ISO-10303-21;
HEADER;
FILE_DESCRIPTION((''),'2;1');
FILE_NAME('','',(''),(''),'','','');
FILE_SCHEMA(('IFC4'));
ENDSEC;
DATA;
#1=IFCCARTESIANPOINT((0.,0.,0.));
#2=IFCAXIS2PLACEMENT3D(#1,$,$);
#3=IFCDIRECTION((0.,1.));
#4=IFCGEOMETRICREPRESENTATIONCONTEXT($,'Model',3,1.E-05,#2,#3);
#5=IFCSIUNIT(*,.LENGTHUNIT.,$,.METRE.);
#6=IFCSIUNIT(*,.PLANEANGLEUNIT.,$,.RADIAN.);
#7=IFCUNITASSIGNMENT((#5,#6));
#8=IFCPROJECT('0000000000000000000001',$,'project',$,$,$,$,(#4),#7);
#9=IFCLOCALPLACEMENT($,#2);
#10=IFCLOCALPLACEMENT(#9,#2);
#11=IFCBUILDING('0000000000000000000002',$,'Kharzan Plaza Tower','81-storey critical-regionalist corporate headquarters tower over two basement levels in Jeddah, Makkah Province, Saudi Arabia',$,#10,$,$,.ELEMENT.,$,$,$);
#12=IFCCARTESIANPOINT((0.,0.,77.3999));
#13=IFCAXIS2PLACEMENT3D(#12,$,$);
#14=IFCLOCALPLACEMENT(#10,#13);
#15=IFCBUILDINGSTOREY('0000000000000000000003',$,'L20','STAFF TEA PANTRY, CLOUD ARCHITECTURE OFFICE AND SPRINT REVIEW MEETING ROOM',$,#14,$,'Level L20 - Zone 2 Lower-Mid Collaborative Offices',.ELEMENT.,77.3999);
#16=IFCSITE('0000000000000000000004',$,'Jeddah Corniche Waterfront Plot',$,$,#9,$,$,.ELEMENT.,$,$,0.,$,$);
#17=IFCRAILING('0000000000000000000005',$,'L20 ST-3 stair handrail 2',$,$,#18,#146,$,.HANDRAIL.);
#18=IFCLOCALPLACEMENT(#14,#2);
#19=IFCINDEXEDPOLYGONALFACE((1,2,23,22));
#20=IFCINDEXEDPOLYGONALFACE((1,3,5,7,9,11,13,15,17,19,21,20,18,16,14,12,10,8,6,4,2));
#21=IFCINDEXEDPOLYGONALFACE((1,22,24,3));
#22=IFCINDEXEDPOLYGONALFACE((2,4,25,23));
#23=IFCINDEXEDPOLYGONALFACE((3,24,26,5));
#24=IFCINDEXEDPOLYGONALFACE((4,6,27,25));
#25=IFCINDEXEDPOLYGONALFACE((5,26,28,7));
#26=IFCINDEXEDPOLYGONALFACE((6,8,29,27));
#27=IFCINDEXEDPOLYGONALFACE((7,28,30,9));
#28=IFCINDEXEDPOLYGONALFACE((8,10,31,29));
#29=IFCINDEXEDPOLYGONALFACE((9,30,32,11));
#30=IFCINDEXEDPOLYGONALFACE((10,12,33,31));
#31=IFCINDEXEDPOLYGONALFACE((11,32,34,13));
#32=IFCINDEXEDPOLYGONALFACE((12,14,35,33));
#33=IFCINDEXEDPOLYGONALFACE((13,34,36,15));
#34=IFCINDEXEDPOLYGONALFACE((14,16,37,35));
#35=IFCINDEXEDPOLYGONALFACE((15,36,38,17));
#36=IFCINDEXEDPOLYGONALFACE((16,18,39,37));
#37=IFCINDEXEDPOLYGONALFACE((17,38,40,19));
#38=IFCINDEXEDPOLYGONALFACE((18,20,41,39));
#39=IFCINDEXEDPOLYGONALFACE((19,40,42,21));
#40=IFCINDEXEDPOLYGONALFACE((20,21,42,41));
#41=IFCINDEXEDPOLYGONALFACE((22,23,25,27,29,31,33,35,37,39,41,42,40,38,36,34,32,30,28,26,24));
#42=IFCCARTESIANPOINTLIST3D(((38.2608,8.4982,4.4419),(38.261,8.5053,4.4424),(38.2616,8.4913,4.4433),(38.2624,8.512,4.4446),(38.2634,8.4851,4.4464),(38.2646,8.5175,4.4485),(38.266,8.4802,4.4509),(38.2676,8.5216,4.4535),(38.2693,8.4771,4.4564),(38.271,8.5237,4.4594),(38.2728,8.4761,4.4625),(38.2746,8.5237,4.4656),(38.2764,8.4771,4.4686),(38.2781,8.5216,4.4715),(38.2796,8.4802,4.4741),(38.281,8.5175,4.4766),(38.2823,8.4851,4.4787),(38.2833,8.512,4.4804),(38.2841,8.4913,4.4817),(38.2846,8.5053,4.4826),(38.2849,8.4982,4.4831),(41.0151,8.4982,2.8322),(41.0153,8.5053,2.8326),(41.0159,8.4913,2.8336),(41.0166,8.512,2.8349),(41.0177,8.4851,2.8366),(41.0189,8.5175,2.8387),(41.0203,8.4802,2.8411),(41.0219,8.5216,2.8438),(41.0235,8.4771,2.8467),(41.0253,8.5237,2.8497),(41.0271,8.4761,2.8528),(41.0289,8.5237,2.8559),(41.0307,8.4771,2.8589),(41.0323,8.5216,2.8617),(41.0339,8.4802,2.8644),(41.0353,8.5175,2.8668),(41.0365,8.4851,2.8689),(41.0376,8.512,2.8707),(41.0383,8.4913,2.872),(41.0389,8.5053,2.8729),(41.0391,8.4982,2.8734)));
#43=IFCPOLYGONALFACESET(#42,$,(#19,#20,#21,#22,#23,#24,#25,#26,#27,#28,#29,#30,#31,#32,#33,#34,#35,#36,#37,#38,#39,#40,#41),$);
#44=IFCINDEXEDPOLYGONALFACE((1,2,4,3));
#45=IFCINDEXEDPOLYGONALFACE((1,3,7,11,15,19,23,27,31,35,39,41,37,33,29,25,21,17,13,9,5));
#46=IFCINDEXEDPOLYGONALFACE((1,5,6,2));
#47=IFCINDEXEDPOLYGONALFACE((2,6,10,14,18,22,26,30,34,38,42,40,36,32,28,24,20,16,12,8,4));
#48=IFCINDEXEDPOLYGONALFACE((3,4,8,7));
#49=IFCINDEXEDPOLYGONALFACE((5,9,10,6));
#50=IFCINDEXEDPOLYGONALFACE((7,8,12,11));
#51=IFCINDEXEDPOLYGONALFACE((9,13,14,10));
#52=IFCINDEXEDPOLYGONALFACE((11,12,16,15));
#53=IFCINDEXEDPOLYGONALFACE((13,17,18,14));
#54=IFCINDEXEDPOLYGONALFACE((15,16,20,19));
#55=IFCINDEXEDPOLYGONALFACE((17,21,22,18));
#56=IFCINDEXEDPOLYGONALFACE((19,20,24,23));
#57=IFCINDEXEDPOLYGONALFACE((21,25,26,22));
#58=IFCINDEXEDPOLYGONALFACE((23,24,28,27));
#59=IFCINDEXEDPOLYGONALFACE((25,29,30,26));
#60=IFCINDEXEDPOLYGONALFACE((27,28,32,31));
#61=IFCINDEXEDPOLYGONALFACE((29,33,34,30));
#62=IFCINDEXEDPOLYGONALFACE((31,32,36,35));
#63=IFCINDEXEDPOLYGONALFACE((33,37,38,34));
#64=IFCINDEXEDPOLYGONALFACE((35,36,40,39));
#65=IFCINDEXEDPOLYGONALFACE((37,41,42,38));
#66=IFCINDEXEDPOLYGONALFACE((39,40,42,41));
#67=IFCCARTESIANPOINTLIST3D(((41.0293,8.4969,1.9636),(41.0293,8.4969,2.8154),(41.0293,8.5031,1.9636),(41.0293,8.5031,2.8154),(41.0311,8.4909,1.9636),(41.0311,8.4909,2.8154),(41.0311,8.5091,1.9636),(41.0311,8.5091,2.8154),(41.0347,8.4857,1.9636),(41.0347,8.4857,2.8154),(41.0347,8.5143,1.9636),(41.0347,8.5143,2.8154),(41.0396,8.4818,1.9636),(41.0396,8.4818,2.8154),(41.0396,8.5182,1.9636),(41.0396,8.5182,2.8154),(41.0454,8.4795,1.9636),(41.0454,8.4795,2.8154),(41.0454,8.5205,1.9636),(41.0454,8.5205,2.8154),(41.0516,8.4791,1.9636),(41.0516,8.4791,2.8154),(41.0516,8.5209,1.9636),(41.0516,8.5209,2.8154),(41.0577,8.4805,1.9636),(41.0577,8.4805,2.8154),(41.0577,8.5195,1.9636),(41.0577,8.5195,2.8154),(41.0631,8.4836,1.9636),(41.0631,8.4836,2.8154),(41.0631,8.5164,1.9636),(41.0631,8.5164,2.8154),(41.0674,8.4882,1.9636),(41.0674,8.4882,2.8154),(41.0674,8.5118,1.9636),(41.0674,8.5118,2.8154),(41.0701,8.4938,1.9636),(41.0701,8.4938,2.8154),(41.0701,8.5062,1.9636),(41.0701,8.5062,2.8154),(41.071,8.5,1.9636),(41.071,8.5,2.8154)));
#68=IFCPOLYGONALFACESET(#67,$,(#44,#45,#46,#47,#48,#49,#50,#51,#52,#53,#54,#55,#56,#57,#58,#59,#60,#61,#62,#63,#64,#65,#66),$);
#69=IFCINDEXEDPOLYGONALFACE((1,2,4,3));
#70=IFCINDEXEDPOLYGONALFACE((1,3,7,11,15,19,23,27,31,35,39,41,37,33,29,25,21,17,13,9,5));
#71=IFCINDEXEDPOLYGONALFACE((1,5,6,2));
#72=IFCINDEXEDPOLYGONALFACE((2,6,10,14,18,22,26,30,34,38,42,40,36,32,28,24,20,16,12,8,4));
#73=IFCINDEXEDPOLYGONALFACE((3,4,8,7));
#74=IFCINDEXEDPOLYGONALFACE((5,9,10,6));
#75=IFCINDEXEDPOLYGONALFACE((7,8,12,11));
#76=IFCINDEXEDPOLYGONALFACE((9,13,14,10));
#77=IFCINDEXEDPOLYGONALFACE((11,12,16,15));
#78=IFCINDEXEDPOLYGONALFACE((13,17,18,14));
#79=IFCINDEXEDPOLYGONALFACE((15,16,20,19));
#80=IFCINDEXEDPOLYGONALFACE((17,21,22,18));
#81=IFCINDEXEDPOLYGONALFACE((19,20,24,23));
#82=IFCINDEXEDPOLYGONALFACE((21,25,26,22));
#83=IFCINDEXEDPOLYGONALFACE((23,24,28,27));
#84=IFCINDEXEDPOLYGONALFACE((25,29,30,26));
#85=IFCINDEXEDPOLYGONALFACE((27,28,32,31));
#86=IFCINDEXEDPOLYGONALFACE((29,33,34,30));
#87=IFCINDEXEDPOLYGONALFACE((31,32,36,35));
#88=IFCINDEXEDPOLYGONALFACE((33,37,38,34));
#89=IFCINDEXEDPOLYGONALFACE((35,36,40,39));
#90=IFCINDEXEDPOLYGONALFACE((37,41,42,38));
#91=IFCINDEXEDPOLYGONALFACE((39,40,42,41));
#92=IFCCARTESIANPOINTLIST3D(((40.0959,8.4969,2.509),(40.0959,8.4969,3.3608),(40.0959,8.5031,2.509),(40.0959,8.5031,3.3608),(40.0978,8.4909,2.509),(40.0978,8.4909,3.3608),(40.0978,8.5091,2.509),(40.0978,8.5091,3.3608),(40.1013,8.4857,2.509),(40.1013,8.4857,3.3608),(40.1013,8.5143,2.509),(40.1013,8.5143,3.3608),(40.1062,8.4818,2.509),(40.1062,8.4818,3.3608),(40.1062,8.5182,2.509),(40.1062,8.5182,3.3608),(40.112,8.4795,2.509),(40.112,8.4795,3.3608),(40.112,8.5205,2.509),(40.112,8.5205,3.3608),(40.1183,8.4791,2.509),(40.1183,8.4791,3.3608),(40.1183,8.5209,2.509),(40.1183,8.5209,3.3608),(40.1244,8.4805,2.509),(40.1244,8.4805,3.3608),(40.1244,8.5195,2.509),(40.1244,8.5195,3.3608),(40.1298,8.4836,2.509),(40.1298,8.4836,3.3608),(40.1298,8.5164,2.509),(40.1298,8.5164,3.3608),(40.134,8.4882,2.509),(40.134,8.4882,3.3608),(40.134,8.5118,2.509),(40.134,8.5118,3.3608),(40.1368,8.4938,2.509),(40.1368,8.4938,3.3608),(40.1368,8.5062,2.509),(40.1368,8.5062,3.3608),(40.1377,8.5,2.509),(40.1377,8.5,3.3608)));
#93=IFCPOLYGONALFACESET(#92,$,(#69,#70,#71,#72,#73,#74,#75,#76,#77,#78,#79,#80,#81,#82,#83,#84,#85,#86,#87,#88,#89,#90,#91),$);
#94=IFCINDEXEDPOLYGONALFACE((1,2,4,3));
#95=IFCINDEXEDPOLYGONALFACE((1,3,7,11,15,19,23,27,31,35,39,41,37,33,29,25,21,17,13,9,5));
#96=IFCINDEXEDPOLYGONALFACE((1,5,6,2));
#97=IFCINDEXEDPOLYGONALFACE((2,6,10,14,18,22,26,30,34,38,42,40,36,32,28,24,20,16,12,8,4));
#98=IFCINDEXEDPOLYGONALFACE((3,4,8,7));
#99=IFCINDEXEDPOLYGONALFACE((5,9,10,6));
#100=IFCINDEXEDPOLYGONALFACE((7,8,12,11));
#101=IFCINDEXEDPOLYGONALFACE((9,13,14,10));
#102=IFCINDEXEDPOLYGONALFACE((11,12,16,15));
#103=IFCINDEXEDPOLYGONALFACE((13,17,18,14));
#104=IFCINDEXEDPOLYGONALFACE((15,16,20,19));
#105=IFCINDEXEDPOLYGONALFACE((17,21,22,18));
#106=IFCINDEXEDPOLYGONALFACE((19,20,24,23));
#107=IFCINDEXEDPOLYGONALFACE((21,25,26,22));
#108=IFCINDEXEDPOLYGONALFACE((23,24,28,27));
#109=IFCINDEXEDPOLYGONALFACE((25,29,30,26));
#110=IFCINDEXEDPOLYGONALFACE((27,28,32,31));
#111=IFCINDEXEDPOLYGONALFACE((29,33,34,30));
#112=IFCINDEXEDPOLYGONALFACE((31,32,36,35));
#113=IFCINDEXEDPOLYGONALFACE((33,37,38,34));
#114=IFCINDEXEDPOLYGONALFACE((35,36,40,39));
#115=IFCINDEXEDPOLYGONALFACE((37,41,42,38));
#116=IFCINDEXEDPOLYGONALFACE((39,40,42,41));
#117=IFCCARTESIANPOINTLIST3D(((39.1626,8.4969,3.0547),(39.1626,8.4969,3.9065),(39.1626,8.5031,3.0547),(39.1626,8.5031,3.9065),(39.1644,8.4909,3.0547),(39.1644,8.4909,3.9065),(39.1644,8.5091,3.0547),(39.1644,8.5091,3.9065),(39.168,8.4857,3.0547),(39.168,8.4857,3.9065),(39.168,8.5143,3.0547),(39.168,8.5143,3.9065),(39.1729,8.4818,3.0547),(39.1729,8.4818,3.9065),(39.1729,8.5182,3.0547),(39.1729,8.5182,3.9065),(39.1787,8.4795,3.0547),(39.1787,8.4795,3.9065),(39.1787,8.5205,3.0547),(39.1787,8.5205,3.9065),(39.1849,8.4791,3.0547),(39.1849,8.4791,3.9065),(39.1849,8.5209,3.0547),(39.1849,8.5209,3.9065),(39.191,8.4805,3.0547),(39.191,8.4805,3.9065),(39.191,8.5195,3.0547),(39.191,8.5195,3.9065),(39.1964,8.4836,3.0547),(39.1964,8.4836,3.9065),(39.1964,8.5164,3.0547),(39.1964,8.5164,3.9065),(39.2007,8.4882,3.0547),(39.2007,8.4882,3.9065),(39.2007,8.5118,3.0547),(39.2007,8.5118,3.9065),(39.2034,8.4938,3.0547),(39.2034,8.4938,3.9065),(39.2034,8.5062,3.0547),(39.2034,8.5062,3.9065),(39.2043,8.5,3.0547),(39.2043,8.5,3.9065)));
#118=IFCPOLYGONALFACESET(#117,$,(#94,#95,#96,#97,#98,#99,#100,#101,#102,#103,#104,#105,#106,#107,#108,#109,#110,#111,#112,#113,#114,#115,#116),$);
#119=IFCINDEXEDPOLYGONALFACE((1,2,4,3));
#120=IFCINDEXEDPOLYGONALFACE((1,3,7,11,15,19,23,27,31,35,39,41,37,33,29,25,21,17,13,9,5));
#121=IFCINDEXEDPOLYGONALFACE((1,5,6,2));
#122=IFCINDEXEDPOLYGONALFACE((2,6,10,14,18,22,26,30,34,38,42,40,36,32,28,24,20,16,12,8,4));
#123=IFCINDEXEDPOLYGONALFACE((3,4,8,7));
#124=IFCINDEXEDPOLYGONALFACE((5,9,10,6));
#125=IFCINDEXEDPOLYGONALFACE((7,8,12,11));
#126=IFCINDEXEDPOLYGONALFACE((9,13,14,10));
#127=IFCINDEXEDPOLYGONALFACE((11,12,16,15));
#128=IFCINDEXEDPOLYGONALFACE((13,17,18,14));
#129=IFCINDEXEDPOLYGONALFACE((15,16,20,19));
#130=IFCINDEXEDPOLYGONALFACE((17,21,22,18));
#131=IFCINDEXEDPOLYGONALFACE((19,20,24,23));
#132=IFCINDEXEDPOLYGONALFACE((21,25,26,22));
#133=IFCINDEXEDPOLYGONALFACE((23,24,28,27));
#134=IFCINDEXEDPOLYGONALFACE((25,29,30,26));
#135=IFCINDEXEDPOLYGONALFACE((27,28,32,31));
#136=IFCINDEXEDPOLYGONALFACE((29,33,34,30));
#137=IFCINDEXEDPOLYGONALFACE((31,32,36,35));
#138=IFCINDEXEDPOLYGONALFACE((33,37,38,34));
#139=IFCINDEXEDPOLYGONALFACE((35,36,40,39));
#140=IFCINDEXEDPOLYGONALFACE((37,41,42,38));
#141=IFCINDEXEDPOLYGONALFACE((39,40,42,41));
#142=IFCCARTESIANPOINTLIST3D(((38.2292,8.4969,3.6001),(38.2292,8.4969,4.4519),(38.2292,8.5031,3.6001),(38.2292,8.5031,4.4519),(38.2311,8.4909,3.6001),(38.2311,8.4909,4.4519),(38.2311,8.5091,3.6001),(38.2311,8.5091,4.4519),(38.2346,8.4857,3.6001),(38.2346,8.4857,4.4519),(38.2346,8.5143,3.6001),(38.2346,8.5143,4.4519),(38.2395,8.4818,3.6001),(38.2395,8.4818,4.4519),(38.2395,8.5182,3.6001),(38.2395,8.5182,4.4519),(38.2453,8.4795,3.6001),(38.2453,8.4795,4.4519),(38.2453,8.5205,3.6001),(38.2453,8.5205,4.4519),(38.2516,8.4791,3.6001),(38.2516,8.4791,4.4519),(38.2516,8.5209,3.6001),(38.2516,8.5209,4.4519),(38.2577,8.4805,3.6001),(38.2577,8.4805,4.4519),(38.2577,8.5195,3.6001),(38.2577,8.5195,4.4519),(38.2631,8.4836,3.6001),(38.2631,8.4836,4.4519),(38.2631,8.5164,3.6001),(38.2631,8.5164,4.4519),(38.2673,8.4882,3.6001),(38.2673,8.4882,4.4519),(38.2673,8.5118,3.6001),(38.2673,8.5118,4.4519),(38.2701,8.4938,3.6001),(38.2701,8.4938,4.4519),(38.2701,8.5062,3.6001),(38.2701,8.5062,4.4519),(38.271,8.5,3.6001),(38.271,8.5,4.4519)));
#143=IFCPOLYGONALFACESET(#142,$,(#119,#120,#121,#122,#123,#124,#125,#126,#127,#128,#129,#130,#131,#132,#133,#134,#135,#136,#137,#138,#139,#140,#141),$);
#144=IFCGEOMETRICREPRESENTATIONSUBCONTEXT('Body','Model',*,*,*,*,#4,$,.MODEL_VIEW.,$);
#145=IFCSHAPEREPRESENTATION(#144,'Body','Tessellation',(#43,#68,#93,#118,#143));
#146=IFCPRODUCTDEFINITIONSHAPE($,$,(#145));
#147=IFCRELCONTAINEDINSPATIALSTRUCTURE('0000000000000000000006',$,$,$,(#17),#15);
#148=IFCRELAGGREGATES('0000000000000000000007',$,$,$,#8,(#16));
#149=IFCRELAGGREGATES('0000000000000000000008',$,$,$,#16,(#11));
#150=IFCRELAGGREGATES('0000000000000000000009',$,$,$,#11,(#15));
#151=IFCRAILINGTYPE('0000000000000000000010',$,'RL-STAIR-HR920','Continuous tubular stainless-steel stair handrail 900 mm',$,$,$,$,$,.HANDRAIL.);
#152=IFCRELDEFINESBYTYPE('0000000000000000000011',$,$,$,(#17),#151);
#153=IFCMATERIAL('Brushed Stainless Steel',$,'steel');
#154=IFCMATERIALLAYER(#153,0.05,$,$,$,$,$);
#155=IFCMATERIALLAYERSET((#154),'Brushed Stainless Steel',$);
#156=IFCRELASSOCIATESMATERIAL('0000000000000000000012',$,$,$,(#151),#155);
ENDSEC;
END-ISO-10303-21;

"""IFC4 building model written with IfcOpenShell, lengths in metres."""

from ifc_helpers import new_model, si_unit, direction, frame, origin, origin_2d, place, context, subcontext, project, spatial, circle, extrude, source, transform, mapped, material, layer, layer_set, type_object, element, save


model = new_model("IFC4")

# Units and contexts
model_context = context("Model", 3, precision=1e-05, world=origin(), true_north=direction((0.0, 1.0)))
body_context = subcontext(model_context, "Body", "Model", "MODEL_VIEW")
ifc_project = project(units=[si_unit("LENGTHUNIT", "METRE"), si_unit("PLANEANGLEUNIT", "RADIAN")], contexts=[model_context])

# Site, building, storey
site_placement = place(None, origin())
site = spatial("IfcSite", under=ifc_project, at=site_placement, Name="Jeddah Corniche Waterfront Plot", CompositionType="ELEMENT", RefElevation=0.0)
building_placement = place(site_placement, origin())
building = spatial("IfcBuilding", under=site, at=building_placement, Name="Kharzan Plaza Tower", Description="81-storey critical-regionalist corporate headquarters tower over two basement levels in Jeddah, Makkah Province, Saudi Arabia", CompositionType="ELEMENT")
storey_placement = place(building_placement, frame((0.0, 0.0, 77.3999)))
storey = spatial("IfcBuildingStorey", under=building, at=storey_placement, Name="L20", Description="STAFF TEA PANTRY, CLOUD ARCHITECTURE OFFICE AND SPRINT REVIEW MEETING ROOM", LongName="Level L20 - Zone 2 Lower-Mid Collaborative Offices", CompositionType="ELEMENT", Elevation=77.3999)

# Shared definitions
ifc_material_1 = material(Name="Brushed Stainless Steel", Category="steel")

# Railing
ifc_layer_1 = layer(ifc_material_1, 0.05)
ifc_layer_set_1 = layer_set([ifc_layer_1], Name="Brushed Stainless Steel")
railing_type_1 = type_object("IfcRailingType", Name="RL-STAIR-HR920", Description="Continuous tubular stainless-steel stair handrail 900 mm", PredefinedType="HANDRAIL", material=ifc_layer_set_1)
shared_shape_1 = source(origin(), body_context, "Body", "SweptSolid", [
    extrude(circle(Radius=0.0239, at=origin_2d()), frame((-0.0229, 0.0, 0.8892), z_axis=(-0.863361, 0.0, 0.504587), x_axis=(0.0, -1.0, 0.0)), (0.0, 0.0, 1.0), 3.1902),
    extrude(circle(Radius=0.021, at=origin_2d()), origin(), (0.0, 0.0, 1.0), 0.8518),
    extrude(circle(Radius=0.021, at=origin_2d()), frame((-0.9333, 0.0, 0.5454)), (0.0, 0.0, 1.0), 0.8518),
    extrude(circle(Radius=0.021, at=origin_2d()), frame((-1.8667, 0.0, 1.0911)), (0.0, 0.0, 1.0), 0.8518),
    extrude(circle(Radius=0.021, at=origin_2d()), frame((-2.8, 0.0, 1.6365)), (0.0, 0.0, 1.0), 0.8518),
])
railing_1_placement = place(storey_placement, frame((41.05, 8.5, 1.9636)))
element("IfcRailing", 1, at=railing_1_placement, inside=storey, type_object=railing_type_1, Name="L20 ST-3 stair handrail 2", PredefinedType="HANDRAIL", context=body_context, shape_type="MappedRepresentation", body=[
    mapped(shared_shape_1, transform((0.0, 0.0, 0.0), x_axis=(1.0, 0.0, 0.0), y_axis=(0.0, 1.0, 0.0), z_axis=(0.0, 0.0, 1.0))),
])

save(model, "model.ifc")
